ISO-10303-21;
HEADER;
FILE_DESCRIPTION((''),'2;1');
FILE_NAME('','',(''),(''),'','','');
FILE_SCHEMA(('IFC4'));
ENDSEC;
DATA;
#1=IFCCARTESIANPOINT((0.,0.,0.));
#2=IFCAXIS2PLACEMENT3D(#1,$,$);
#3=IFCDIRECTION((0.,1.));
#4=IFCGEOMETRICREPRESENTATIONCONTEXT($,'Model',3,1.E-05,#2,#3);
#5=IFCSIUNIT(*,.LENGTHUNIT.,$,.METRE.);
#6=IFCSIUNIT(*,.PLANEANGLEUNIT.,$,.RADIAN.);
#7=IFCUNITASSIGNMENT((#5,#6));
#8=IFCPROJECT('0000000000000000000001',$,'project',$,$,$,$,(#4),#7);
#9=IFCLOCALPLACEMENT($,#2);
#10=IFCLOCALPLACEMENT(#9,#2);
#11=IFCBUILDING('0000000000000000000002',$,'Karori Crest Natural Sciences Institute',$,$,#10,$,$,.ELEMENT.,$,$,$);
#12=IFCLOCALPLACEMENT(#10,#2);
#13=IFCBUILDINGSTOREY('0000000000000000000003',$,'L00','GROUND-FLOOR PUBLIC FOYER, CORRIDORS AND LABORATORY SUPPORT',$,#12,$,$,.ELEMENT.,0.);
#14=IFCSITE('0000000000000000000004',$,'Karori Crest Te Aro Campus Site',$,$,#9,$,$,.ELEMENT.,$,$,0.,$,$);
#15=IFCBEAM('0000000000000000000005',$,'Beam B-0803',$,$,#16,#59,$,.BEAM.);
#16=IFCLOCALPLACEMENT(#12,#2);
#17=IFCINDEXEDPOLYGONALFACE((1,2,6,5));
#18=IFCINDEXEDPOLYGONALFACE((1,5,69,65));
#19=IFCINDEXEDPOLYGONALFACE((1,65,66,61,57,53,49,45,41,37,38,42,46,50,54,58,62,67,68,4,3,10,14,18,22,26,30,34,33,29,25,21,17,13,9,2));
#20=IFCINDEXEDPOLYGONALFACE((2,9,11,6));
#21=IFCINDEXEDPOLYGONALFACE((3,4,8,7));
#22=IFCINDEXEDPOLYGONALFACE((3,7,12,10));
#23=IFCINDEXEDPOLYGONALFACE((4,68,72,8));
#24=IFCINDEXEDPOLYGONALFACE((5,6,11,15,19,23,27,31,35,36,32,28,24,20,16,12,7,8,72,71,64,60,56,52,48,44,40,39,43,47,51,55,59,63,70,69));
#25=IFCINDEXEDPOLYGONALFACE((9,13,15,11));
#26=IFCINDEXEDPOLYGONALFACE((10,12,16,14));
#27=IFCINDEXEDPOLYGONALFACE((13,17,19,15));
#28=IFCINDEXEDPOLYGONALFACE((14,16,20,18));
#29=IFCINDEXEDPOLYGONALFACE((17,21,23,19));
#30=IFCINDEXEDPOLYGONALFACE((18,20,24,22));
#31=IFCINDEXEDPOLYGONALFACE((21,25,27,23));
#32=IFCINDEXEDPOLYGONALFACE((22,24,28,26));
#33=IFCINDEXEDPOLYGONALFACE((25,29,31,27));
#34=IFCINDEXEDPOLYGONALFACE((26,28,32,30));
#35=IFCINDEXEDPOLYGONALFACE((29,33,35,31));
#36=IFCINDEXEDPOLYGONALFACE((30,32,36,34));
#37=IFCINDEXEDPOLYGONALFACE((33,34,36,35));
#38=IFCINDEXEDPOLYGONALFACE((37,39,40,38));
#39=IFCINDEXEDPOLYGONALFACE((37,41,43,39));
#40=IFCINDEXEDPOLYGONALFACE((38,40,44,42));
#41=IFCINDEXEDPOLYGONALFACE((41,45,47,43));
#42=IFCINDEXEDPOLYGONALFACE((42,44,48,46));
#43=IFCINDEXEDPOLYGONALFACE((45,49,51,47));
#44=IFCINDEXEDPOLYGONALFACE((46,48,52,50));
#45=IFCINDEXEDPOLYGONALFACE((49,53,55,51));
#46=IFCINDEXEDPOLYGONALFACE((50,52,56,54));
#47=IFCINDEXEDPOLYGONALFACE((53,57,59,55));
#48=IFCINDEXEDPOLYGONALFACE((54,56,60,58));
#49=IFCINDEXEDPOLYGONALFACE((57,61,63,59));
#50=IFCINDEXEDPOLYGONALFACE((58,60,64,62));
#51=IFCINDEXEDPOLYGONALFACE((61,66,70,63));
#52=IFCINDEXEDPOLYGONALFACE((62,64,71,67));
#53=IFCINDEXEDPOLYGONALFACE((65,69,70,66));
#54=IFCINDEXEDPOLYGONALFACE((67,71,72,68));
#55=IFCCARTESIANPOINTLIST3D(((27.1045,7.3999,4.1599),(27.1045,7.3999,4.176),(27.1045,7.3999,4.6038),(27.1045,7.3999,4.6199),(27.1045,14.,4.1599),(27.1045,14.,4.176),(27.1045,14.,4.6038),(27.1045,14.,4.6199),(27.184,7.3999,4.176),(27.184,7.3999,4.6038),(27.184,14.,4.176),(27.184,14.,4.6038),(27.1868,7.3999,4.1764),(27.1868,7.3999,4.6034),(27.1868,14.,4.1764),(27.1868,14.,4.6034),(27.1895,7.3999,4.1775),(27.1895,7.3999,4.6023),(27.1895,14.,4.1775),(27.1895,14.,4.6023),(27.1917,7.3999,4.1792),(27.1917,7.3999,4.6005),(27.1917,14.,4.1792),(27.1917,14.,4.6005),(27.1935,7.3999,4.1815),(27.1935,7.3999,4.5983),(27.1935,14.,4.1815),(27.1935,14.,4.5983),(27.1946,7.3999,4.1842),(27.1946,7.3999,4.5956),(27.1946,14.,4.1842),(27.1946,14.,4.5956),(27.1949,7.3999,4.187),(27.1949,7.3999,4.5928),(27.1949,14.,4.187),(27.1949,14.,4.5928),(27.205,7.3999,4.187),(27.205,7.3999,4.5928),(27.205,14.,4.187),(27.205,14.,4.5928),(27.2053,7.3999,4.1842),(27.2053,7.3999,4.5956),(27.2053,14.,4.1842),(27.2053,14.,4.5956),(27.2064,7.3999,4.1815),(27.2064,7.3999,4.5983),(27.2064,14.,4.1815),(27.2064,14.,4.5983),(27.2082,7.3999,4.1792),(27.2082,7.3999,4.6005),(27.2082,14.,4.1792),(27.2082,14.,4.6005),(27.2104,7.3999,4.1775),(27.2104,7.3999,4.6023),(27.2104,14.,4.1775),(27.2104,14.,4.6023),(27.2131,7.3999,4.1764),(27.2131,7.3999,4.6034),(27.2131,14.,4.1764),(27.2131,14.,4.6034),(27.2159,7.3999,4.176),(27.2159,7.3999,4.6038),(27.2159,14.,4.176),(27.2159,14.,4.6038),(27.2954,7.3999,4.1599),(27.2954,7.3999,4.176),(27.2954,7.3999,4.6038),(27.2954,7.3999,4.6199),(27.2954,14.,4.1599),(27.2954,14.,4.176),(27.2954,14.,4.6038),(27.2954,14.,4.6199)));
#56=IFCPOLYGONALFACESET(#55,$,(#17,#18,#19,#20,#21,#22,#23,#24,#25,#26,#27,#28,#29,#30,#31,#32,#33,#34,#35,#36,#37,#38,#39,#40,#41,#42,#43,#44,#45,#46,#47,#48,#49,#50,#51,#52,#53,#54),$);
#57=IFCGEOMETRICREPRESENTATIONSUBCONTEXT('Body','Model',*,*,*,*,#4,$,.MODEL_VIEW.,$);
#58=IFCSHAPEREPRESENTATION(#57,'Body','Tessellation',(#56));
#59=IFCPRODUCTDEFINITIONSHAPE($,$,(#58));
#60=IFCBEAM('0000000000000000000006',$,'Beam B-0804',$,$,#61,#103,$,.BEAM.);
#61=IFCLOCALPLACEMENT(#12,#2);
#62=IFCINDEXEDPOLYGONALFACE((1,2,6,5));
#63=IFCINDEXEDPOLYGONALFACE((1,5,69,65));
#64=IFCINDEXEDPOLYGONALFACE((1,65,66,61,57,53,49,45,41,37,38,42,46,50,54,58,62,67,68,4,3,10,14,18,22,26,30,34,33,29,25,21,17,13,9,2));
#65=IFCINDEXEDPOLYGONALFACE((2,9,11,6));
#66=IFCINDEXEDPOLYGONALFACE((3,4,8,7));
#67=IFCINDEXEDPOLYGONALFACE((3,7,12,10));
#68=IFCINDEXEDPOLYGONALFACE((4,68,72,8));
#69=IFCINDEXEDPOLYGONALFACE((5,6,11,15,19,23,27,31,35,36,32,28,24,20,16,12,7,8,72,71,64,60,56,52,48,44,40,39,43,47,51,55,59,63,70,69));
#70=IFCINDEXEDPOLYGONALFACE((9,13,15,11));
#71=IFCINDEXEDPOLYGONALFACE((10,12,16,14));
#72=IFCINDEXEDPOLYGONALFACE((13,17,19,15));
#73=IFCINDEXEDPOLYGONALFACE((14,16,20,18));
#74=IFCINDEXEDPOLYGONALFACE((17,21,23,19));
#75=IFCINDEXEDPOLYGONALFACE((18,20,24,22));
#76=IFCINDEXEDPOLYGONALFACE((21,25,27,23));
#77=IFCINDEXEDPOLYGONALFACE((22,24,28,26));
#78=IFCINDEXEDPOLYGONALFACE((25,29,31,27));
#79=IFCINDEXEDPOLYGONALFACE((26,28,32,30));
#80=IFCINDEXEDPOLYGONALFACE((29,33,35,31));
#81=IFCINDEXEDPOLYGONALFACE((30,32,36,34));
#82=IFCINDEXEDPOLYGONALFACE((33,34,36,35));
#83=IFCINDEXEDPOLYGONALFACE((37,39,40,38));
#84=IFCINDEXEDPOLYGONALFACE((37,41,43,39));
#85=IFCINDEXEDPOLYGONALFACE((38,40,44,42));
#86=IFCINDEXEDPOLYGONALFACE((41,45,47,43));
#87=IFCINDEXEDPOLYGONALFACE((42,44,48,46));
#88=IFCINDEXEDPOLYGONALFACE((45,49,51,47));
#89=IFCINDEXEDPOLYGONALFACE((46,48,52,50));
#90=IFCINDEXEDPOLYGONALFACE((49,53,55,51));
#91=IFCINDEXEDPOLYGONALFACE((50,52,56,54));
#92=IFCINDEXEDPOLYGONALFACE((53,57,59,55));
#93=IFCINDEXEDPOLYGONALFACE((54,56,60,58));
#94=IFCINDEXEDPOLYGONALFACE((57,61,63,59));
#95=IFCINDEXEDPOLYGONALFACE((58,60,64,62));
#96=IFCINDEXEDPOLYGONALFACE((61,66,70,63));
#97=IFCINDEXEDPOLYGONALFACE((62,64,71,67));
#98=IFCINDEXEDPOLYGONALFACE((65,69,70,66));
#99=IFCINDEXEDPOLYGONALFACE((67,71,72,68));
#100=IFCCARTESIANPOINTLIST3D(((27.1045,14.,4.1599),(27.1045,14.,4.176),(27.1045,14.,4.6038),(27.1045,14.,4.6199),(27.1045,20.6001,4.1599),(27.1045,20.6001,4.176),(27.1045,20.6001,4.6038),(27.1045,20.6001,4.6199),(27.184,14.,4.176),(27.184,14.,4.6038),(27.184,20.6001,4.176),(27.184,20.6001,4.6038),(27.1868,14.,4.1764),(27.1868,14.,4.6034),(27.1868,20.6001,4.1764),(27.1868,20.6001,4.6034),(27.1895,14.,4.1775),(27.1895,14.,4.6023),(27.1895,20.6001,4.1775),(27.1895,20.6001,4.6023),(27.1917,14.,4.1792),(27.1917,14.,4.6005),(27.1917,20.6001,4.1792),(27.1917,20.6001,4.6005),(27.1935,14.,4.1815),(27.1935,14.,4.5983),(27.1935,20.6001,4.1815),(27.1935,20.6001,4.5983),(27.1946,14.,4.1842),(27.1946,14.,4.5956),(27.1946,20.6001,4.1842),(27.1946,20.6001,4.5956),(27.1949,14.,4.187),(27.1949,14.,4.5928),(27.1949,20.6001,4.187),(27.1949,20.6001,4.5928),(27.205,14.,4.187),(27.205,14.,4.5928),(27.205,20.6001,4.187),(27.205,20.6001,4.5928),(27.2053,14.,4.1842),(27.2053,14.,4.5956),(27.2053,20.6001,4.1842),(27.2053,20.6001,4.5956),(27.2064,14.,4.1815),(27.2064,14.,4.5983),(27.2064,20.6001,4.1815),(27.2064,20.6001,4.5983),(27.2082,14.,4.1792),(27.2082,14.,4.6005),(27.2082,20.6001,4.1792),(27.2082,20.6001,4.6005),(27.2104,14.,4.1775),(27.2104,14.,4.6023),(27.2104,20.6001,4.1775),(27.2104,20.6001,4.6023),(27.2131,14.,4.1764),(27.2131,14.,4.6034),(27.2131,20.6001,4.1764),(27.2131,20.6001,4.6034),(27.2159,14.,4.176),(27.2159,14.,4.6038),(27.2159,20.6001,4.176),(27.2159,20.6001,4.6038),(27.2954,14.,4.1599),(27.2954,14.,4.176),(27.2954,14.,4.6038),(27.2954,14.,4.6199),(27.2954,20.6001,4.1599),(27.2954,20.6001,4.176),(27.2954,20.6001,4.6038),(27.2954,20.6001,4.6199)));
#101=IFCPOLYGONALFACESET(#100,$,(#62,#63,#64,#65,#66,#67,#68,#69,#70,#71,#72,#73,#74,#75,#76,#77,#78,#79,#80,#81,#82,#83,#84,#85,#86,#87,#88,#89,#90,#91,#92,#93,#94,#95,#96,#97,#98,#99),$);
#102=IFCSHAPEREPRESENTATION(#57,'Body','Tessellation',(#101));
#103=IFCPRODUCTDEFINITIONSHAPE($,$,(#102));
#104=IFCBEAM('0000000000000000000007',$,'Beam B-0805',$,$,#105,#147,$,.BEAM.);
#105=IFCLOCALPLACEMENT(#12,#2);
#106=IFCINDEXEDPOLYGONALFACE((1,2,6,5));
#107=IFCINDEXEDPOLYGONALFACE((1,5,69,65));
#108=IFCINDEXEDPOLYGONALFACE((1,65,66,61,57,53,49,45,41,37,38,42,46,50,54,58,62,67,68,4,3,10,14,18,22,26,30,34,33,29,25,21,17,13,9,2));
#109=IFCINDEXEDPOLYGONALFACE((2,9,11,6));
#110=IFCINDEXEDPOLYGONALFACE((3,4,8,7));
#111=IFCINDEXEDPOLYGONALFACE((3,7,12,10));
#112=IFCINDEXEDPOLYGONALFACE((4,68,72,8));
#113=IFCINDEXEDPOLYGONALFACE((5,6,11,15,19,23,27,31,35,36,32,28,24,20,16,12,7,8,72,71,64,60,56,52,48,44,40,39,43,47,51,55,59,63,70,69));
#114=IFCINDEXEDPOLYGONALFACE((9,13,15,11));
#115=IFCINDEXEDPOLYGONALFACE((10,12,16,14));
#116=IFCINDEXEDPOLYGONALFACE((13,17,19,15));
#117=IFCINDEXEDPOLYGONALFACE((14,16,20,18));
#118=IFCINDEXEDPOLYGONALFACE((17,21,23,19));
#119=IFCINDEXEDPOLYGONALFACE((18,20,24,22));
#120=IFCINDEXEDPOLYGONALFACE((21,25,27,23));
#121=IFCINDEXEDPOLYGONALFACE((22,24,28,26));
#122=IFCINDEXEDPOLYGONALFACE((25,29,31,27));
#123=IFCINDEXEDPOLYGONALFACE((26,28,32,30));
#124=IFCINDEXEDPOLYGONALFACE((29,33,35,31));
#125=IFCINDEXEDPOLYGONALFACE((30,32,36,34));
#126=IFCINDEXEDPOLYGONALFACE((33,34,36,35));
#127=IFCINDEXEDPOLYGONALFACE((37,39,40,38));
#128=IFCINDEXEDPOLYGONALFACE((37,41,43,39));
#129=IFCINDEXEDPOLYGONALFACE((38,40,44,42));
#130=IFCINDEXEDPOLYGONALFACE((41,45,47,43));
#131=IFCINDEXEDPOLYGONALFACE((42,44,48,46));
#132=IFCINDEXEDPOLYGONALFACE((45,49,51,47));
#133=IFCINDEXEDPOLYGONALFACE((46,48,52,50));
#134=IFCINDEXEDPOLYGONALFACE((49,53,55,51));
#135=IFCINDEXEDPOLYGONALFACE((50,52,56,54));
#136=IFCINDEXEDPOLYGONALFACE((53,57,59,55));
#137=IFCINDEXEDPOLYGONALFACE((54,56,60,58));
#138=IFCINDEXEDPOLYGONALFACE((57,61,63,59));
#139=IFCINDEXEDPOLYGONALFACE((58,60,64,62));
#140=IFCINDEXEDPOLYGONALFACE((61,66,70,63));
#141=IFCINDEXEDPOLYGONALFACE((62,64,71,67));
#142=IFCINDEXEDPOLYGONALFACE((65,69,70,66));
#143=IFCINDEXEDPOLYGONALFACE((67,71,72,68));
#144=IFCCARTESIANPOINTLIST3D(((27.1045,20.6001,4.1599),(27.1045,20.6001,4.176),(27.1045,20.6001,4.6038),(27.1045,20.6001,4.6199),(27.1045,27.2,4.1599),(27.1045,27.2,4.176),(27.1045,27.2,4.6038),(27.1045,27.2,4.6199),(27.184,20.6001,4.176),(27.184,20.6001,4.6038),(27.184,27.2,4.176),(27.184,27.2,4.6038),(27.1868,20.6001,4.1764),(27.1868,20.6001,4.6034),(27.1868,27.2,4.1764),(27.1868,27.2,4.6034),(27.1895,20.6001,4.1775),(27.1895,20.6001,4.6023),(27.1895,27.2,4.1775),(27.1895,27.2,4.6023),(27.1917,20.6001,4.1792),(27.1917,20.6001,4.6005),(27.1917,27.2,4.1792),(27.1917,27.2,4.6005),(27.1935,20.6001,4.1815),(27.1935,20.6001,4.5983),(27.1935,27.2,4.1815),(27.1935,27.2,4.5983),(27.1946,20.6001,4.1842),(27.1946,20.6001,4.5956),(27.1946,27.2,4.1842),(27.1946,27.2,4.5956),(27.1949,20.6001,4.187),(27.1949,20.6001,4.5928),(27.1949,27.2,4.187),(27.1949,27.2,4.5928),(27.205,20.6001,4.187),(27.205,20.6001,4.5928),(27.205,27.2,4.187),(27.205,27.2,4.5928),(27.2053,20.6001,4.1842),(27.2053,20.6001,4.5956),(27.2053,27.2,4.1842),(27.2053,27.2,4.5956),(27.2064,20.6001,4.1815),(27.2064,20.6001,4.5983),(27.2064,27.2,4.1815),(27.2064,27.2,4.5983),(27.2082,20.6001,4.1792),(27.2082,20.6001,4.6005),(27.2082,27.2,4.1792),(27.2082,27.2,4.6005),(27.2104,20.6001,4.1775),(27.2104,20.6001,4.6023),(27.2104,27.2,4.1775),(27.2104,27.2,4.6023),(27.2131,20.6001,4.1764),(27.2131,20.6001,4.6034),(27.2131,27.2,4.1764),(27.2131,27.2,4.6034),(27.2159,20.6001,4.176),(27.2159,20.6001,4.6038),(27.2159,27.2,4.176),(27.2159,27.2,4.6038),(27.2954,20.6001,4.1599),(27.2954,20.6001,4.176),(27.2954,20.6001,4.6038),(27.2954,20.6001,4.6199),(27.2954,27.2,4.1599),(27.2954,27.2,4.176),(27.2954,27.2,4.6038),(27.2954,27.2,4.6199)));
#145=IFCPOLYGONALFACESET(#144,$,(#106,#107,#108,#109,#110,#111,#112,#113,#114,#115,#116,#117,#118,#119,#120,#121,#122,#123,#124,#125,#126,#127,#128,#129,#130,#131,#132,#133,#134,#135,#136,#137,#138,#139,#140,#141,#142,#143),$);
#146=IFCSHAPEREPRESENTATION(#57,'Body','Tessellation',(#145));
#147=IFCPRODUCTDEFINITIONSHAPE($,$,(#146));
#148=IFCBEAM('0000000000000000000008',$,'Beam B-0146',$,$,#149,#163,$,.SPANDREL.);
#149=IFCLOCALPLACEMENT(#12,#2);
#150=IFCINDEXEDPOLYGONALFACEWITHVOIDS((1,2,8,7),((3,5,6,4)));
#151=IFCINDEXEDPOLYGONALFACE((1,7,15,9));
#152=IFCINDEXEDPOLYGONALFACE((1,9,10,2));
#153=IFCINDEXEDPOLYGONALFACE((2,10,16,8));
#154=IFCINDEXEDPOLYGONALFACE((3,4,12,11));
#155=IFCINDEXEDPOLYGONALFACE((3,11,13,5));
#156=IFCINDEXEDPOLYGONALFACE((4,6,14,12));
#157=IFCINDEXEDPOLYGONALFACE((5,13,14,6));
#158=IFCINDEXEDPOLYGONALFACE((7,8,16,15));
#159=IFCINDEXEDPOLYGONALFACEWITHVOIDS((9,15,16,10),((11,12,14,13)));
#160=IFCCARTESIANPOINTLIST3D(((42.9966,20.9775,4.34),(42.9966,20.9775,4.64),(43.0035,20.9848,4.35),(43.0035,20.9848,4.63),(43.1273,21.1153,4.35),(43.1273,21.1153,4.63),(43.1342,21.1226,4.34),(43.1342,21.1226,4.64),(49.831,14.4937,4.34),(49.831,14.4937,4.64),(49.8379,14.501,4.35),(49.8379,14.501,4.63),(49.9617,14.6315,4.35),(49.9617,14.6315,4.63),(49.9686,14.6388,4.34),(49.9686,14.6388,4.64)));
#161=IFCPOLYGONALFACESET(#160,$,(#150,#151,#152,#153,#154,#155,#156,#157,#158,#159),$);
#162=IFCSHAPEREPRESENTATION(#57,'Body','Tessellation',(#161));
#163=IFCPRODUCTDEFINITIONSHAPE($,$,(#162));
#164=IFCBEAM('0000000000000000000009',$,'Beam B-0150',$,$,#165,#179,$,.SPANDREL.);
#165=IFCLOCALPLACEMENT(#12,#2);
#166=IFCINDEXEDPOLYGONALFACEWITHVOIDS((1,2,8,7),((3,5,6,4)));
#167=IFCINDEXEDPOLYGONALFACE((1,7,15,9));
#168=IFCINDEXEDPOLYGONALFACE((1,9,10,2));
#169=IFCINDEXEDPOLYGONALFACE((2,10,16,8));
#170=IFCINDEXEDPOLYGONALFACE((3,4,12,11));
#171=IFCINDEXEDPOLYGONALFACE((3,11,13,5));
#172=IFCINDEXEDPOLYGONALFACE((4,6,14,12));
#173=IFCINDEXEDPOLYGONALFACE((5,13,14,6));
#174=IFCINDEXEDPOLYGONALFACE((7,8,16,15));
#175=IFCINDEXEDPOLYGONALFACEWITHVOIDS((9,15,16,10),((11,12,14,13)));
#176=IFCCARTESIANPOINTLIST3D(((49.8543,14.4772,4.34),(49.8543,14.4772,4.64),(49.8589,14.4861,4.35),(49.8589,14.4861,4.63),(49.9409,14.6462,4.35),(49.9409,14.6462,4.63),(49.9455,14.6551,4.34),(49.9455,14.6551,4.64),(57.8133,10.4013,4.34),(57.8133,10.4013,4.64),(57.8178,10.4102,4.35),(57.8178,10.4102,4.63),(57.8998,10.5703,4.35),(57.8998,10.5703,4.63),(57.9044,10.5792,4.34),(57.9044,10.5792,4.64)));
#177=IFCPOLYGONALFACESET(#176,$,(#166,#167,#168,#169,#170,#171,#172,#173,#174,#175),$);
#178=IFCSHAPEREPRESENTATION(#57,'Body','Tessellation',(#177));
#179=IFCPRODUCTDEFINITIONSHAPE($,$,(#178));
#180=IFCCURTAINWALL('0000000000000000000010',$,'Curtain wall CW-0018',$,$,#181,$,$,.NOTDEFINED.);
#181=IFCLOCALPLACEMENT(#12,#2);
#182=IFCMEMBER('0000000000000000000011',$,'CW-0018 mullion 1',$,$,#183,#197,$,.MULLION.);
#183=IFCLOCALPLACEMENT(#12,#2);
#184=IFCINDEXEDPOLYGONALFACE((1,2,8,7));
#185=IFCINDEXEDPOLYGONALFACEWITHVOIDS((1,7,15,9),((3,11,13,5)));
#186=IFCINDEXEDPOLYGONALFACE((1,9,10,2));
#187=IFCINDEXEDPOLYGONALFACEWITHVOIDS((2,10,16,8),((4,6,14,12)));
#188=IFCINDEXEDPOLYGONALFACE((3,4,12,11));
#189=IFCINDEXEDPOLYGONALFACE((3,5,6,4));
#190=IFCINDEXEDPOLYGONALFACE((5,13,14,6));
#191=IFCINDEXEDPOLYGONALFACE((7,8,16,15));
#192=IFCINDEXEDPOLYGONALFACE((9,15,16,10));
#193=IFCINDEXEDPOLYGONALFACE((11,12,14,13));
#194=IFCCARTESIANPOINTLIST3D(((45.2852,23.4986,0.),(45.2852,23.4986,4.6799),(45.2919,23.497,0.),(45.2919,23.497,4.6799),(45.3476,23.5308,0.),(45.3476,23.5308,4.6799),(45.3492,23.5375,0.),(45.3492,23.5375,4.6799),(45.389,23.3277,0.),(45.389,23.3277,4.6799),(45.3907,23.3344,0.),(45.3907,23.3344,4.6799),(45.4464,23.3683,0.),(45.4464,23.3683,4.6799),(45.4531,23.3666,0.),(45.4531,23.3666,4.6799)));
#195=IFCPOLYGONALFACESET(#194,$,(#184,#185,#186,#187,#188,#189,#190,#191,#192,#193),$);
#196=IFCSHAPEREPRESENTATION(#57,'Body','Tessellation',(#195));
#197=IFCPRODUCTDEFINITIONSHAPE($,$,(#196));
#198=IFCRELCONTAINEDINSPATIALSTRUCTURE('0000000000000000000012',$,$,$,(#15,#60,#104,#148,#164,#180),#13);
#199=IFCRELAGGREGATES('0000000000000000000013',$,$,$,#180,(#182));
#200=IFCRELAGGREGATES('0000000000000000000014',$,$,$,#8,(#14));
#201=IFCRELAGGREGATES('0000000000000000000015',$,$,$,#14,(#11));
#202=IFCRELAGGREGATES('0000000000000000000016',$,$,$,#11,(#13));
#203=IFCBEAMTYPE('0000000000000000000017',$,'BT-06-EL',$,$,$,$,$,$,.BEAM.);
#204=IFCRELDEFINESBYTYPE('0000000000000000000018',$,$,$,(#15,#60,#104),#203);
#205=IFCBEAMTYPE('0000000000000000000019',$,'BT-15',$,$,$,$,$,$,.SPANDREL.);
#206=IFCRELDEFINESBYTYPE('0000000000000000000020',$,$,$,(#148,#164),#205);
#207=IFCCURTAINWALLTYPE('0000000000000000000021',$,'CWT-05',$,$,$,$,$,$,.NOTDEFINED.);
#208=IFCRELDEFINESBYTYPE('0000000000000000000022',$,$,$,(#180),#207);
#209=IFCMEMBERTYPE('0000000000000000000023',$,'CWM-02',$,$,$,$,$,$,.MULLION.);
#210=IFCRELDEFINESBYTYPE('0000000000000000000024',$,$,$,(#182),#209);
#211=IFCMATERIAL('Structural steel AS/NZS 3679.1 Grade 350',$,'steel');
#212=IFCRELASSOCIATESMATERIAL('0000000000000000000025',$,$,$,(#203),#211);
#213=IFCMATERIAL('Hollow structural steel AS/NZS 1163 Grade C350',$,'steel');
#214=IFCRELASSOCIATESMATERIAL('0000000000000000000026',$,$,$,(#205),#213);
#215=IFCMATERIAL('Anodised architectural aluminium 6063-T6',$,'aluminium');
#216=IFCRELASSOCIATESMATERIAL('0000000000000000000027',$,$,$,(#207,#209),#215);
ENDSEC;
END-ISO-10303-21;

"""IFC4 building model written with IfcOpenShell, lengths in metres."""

from ifc_helpers import new_model, si_unit, direction, frame, origin, origin_2d, place, context, subcontext, project, spatial, hollow_rectangle, i_section, extrude, material, material_profile, profile_set, type_object, element, aggregate, save


model = new_model("IFC4")

# Units and contexts
model_context = context("Model", 3, precision=1e-05, world=origin(), true_north=direction((0.0, 1.0)))
body_context = subcontext(model_context, "Body", "Model", "MODEL_VIEW")
ifc_project = project(units=[si_unit("LENGTHUNIT", "METRE"), si_unit("PLANEANGLEUNIT", "RADIAN")], contexts=[model_context])

# Site, building, storey
site_placement = place(None, origin())
site = spatial("IfcSite", under=ifc_project, at=site_placement, Name="Karori Crest Te Aro Campus Site", CompositionType="ELEMENT", RefElevation=0.0)
building_placement = place(site_placement, origin())
building = spatial("IfcBuilding", under=site, at=building_placement, Name="Karori Crest Natural Sciences Institute", CompositionType="ELEMENT")
storey_placement = place(building_placement, origin())
storey = spatial("IfcBuildingStorey", under=building, at=storey_placement, Name="L00", Description="GROUND-FLOOR PUBLIC FOYER, CORRIDORS AND LABORATORY SUPPORT", CompositionType="ELEMENT", Elevation=0.0)

# Shared definitions
ifc_material_1 = material(Name="Structural steel AS/NZS 3679.1 Grade 350", Category="steel")
ifc_material_2 = material(Name="Hollow structural steel AS/NZS 1163 Grade C350", Category="steel")

# Beams
ifc_material_profile_1 = material_profile(ifc_material_1, i_section(OverallWidth=0.1909, OverallDepth=0.46, WebThickness=0.01, FlangeThickness=0.0161, FilletRadius=0.011, at=origin_2d()), Name="460UB82.1")
ifc_profile_set_1 = profile_set([ifc_material_profile_1], Name="Structural steel AS/NZS 3679.1 Grade 350")
beam_type_1 = type_object("IfcBeamType", Name="BT-06-EL", PredefinedType="BEAM", material=ifc_profile_set_1)
for number, where, z_axis, x_axis, name in (
    (1, (27.2, 7.3999, 4.3899), (0.0, 1.0, 0.0), (-1.0, 0.0, 0.0), "Beam B-0803"),
    (2, (27.2, 14.0, 4.3899), (0.0, 1.0, 0.0), (-1.0, 0.0, 0.0), "Beam B-0804"),
):
    element("IfcBeam", number, at=place(storey_placement, frame(where, z_axis=z_axis, x_axis=x_axis)), inside=storey, type_object=beam_type_1, Name=name, PredefinedType="BEAM", context=body_context, shape_type="SweptSolid", body=[
        extrude(i_section(OverallWidth=0.1909, OverallDepth=0.46, WebThickness=0.01, FlangeThickness=0.0161, FilletRadius=0.011, at=origin_2d()), origin(), (0.0, 0.0, 1.0), 6.6001),
    ])
beam_1_placement = place(storey_placement, frame((27.2, 20.6001, 4.3899), z_axis=(0.0, 1.0, 0.0), x_axis=(-1.0, 0.0, 0.0)))
element("IfcBeam", 3, at=beam_1_placement, inside=storey, type_object=beam_type_1, Name="Beam B-0805", PredefinedType="BEAM", context=body_context, shape_type="SweptSolid", body=[
    extrude(i_section(OverallWidth=0.1909, OverallDepth=0.46, WebThickness=0.01, FlangeThickness=0.0161, FilletRadius=0.011, at=origin_2d()), origin(), (0.0, 0.0, 1.0), 6.5999),
])
ifc_material_profile_2 = material_profile(ifc_material_2, hollow_rectangle(XDim=0.2, YDim=0.3, WallThickness=0.01, at=origin_2d()), Name="RHS300x200x10")
ifc_profile_set_2 = profile_set([ifc_material_profile_2], Name="Hollow structural steel AS/NZS 1163 Grade C350")
beam_type_2 = type_object("IfcBeamType", Name="BT-15", PredefinedType="SPANDREL", material=ifc_profile_set_2)
beam_2_placement = place(storey_placement, frame((43.0654, 21.05, 4.49), z_axis=(0.725469, -0.688255, 0.0), x_axis=(0.688255, 0.725469, 0.0)))
element("IfcBeam", 4, at=beam_2_placement, inside=storey, type_object=beam_type_2, Name="Beam B-0146", PredefinedType="SPANDREL", context=body_context, shape_type="SweptSolid", body=[
    extrude(hollow_rectangle(XDim=0.2, YDim=0.3, WallThickness=0.01, at=origin_2d()), origin(), (0.0, 0.0, 1.0), 9.4207),
])
beam_3_placement = place(storey_placement, frame((49.8999, 14.5662, 4.49), z_axis=(0.890072, -0.45582, 0.0), x_axis=(0.45582, 0.890072, 0.0)))
element("IfcBeam", 5, at=beam_3_placement, inside=storey, type_object=beam_type_2, Name="Beam B-0150", PredefinedType="SPANDREL", context=body_context, shape_type="SweptSolid", body=[
    extrude(hollow_rectangle(XDim=0.2, YDim=0.3, WallThickness=0.01, at=origin_2d()), origin(), (0.0, 0.0, 1.0), 8.9419),
])

# Curtain wall, member
ifc_material_3 = material(Name="Anodised architectural aluminium 6063-T6", Category="aluminium")
curtain_wall_type_1 = type_object("IfcCurtainWallType", Name="CWT-05", PredefinedType="NOTDEFINED", material=ifc_material_3)
curtain_wall_1_placement = place(storey_placement, origin())
curtain_wall_1 = element("IfcCurtainWall", 6, at=curtain_wall_1_placement, inside=storey, type_object=curtain_wall_type_1, Name="Curtain wall CW-0018", PredefinedType="NOTDEFINED")
ifc_material_profile_3 = material_profile(ifc_material_3, hollow_rectangle(XDim=0.075, YDim=0.2, WallThickness=0.0049, at=origin_2d()), Name="CWM200x75x5")
ifc_profile_set_3 = profile_set([ifc_material_profile_3], Name="Anodised architectural aluminium 6063-T6")
member_type_1 = type_object("IfcMemberType", Name="CWM-02", PredefinedType="MULLION", material=ifc_profile_set_3)
member_1_placement = place(storey_placement, frame((45.3691, 23.4326, 0.0), z_axis=(0.0, 0.0, 1.0), x_axis=(-0.854567, -0.519341, 0.0)))
member_1 = element("IfcMember", 7, at=member_1_placement, type_object=member_type_1, Name="CW-0018 mullion 1", PredefinedType="MULLION", context=body_context, shape_type="SweptSolid", body=[
    extrude(hollow_rectangle(XDim=0.075, YDim=0.2, WallThickness=0.0049, at=origin_2d()), origin(), (0.0, 0.0, 1.0), 4.6799),
])

aggregate(curtain_wall_1, [member_1])

save(model, "model.ifc")
